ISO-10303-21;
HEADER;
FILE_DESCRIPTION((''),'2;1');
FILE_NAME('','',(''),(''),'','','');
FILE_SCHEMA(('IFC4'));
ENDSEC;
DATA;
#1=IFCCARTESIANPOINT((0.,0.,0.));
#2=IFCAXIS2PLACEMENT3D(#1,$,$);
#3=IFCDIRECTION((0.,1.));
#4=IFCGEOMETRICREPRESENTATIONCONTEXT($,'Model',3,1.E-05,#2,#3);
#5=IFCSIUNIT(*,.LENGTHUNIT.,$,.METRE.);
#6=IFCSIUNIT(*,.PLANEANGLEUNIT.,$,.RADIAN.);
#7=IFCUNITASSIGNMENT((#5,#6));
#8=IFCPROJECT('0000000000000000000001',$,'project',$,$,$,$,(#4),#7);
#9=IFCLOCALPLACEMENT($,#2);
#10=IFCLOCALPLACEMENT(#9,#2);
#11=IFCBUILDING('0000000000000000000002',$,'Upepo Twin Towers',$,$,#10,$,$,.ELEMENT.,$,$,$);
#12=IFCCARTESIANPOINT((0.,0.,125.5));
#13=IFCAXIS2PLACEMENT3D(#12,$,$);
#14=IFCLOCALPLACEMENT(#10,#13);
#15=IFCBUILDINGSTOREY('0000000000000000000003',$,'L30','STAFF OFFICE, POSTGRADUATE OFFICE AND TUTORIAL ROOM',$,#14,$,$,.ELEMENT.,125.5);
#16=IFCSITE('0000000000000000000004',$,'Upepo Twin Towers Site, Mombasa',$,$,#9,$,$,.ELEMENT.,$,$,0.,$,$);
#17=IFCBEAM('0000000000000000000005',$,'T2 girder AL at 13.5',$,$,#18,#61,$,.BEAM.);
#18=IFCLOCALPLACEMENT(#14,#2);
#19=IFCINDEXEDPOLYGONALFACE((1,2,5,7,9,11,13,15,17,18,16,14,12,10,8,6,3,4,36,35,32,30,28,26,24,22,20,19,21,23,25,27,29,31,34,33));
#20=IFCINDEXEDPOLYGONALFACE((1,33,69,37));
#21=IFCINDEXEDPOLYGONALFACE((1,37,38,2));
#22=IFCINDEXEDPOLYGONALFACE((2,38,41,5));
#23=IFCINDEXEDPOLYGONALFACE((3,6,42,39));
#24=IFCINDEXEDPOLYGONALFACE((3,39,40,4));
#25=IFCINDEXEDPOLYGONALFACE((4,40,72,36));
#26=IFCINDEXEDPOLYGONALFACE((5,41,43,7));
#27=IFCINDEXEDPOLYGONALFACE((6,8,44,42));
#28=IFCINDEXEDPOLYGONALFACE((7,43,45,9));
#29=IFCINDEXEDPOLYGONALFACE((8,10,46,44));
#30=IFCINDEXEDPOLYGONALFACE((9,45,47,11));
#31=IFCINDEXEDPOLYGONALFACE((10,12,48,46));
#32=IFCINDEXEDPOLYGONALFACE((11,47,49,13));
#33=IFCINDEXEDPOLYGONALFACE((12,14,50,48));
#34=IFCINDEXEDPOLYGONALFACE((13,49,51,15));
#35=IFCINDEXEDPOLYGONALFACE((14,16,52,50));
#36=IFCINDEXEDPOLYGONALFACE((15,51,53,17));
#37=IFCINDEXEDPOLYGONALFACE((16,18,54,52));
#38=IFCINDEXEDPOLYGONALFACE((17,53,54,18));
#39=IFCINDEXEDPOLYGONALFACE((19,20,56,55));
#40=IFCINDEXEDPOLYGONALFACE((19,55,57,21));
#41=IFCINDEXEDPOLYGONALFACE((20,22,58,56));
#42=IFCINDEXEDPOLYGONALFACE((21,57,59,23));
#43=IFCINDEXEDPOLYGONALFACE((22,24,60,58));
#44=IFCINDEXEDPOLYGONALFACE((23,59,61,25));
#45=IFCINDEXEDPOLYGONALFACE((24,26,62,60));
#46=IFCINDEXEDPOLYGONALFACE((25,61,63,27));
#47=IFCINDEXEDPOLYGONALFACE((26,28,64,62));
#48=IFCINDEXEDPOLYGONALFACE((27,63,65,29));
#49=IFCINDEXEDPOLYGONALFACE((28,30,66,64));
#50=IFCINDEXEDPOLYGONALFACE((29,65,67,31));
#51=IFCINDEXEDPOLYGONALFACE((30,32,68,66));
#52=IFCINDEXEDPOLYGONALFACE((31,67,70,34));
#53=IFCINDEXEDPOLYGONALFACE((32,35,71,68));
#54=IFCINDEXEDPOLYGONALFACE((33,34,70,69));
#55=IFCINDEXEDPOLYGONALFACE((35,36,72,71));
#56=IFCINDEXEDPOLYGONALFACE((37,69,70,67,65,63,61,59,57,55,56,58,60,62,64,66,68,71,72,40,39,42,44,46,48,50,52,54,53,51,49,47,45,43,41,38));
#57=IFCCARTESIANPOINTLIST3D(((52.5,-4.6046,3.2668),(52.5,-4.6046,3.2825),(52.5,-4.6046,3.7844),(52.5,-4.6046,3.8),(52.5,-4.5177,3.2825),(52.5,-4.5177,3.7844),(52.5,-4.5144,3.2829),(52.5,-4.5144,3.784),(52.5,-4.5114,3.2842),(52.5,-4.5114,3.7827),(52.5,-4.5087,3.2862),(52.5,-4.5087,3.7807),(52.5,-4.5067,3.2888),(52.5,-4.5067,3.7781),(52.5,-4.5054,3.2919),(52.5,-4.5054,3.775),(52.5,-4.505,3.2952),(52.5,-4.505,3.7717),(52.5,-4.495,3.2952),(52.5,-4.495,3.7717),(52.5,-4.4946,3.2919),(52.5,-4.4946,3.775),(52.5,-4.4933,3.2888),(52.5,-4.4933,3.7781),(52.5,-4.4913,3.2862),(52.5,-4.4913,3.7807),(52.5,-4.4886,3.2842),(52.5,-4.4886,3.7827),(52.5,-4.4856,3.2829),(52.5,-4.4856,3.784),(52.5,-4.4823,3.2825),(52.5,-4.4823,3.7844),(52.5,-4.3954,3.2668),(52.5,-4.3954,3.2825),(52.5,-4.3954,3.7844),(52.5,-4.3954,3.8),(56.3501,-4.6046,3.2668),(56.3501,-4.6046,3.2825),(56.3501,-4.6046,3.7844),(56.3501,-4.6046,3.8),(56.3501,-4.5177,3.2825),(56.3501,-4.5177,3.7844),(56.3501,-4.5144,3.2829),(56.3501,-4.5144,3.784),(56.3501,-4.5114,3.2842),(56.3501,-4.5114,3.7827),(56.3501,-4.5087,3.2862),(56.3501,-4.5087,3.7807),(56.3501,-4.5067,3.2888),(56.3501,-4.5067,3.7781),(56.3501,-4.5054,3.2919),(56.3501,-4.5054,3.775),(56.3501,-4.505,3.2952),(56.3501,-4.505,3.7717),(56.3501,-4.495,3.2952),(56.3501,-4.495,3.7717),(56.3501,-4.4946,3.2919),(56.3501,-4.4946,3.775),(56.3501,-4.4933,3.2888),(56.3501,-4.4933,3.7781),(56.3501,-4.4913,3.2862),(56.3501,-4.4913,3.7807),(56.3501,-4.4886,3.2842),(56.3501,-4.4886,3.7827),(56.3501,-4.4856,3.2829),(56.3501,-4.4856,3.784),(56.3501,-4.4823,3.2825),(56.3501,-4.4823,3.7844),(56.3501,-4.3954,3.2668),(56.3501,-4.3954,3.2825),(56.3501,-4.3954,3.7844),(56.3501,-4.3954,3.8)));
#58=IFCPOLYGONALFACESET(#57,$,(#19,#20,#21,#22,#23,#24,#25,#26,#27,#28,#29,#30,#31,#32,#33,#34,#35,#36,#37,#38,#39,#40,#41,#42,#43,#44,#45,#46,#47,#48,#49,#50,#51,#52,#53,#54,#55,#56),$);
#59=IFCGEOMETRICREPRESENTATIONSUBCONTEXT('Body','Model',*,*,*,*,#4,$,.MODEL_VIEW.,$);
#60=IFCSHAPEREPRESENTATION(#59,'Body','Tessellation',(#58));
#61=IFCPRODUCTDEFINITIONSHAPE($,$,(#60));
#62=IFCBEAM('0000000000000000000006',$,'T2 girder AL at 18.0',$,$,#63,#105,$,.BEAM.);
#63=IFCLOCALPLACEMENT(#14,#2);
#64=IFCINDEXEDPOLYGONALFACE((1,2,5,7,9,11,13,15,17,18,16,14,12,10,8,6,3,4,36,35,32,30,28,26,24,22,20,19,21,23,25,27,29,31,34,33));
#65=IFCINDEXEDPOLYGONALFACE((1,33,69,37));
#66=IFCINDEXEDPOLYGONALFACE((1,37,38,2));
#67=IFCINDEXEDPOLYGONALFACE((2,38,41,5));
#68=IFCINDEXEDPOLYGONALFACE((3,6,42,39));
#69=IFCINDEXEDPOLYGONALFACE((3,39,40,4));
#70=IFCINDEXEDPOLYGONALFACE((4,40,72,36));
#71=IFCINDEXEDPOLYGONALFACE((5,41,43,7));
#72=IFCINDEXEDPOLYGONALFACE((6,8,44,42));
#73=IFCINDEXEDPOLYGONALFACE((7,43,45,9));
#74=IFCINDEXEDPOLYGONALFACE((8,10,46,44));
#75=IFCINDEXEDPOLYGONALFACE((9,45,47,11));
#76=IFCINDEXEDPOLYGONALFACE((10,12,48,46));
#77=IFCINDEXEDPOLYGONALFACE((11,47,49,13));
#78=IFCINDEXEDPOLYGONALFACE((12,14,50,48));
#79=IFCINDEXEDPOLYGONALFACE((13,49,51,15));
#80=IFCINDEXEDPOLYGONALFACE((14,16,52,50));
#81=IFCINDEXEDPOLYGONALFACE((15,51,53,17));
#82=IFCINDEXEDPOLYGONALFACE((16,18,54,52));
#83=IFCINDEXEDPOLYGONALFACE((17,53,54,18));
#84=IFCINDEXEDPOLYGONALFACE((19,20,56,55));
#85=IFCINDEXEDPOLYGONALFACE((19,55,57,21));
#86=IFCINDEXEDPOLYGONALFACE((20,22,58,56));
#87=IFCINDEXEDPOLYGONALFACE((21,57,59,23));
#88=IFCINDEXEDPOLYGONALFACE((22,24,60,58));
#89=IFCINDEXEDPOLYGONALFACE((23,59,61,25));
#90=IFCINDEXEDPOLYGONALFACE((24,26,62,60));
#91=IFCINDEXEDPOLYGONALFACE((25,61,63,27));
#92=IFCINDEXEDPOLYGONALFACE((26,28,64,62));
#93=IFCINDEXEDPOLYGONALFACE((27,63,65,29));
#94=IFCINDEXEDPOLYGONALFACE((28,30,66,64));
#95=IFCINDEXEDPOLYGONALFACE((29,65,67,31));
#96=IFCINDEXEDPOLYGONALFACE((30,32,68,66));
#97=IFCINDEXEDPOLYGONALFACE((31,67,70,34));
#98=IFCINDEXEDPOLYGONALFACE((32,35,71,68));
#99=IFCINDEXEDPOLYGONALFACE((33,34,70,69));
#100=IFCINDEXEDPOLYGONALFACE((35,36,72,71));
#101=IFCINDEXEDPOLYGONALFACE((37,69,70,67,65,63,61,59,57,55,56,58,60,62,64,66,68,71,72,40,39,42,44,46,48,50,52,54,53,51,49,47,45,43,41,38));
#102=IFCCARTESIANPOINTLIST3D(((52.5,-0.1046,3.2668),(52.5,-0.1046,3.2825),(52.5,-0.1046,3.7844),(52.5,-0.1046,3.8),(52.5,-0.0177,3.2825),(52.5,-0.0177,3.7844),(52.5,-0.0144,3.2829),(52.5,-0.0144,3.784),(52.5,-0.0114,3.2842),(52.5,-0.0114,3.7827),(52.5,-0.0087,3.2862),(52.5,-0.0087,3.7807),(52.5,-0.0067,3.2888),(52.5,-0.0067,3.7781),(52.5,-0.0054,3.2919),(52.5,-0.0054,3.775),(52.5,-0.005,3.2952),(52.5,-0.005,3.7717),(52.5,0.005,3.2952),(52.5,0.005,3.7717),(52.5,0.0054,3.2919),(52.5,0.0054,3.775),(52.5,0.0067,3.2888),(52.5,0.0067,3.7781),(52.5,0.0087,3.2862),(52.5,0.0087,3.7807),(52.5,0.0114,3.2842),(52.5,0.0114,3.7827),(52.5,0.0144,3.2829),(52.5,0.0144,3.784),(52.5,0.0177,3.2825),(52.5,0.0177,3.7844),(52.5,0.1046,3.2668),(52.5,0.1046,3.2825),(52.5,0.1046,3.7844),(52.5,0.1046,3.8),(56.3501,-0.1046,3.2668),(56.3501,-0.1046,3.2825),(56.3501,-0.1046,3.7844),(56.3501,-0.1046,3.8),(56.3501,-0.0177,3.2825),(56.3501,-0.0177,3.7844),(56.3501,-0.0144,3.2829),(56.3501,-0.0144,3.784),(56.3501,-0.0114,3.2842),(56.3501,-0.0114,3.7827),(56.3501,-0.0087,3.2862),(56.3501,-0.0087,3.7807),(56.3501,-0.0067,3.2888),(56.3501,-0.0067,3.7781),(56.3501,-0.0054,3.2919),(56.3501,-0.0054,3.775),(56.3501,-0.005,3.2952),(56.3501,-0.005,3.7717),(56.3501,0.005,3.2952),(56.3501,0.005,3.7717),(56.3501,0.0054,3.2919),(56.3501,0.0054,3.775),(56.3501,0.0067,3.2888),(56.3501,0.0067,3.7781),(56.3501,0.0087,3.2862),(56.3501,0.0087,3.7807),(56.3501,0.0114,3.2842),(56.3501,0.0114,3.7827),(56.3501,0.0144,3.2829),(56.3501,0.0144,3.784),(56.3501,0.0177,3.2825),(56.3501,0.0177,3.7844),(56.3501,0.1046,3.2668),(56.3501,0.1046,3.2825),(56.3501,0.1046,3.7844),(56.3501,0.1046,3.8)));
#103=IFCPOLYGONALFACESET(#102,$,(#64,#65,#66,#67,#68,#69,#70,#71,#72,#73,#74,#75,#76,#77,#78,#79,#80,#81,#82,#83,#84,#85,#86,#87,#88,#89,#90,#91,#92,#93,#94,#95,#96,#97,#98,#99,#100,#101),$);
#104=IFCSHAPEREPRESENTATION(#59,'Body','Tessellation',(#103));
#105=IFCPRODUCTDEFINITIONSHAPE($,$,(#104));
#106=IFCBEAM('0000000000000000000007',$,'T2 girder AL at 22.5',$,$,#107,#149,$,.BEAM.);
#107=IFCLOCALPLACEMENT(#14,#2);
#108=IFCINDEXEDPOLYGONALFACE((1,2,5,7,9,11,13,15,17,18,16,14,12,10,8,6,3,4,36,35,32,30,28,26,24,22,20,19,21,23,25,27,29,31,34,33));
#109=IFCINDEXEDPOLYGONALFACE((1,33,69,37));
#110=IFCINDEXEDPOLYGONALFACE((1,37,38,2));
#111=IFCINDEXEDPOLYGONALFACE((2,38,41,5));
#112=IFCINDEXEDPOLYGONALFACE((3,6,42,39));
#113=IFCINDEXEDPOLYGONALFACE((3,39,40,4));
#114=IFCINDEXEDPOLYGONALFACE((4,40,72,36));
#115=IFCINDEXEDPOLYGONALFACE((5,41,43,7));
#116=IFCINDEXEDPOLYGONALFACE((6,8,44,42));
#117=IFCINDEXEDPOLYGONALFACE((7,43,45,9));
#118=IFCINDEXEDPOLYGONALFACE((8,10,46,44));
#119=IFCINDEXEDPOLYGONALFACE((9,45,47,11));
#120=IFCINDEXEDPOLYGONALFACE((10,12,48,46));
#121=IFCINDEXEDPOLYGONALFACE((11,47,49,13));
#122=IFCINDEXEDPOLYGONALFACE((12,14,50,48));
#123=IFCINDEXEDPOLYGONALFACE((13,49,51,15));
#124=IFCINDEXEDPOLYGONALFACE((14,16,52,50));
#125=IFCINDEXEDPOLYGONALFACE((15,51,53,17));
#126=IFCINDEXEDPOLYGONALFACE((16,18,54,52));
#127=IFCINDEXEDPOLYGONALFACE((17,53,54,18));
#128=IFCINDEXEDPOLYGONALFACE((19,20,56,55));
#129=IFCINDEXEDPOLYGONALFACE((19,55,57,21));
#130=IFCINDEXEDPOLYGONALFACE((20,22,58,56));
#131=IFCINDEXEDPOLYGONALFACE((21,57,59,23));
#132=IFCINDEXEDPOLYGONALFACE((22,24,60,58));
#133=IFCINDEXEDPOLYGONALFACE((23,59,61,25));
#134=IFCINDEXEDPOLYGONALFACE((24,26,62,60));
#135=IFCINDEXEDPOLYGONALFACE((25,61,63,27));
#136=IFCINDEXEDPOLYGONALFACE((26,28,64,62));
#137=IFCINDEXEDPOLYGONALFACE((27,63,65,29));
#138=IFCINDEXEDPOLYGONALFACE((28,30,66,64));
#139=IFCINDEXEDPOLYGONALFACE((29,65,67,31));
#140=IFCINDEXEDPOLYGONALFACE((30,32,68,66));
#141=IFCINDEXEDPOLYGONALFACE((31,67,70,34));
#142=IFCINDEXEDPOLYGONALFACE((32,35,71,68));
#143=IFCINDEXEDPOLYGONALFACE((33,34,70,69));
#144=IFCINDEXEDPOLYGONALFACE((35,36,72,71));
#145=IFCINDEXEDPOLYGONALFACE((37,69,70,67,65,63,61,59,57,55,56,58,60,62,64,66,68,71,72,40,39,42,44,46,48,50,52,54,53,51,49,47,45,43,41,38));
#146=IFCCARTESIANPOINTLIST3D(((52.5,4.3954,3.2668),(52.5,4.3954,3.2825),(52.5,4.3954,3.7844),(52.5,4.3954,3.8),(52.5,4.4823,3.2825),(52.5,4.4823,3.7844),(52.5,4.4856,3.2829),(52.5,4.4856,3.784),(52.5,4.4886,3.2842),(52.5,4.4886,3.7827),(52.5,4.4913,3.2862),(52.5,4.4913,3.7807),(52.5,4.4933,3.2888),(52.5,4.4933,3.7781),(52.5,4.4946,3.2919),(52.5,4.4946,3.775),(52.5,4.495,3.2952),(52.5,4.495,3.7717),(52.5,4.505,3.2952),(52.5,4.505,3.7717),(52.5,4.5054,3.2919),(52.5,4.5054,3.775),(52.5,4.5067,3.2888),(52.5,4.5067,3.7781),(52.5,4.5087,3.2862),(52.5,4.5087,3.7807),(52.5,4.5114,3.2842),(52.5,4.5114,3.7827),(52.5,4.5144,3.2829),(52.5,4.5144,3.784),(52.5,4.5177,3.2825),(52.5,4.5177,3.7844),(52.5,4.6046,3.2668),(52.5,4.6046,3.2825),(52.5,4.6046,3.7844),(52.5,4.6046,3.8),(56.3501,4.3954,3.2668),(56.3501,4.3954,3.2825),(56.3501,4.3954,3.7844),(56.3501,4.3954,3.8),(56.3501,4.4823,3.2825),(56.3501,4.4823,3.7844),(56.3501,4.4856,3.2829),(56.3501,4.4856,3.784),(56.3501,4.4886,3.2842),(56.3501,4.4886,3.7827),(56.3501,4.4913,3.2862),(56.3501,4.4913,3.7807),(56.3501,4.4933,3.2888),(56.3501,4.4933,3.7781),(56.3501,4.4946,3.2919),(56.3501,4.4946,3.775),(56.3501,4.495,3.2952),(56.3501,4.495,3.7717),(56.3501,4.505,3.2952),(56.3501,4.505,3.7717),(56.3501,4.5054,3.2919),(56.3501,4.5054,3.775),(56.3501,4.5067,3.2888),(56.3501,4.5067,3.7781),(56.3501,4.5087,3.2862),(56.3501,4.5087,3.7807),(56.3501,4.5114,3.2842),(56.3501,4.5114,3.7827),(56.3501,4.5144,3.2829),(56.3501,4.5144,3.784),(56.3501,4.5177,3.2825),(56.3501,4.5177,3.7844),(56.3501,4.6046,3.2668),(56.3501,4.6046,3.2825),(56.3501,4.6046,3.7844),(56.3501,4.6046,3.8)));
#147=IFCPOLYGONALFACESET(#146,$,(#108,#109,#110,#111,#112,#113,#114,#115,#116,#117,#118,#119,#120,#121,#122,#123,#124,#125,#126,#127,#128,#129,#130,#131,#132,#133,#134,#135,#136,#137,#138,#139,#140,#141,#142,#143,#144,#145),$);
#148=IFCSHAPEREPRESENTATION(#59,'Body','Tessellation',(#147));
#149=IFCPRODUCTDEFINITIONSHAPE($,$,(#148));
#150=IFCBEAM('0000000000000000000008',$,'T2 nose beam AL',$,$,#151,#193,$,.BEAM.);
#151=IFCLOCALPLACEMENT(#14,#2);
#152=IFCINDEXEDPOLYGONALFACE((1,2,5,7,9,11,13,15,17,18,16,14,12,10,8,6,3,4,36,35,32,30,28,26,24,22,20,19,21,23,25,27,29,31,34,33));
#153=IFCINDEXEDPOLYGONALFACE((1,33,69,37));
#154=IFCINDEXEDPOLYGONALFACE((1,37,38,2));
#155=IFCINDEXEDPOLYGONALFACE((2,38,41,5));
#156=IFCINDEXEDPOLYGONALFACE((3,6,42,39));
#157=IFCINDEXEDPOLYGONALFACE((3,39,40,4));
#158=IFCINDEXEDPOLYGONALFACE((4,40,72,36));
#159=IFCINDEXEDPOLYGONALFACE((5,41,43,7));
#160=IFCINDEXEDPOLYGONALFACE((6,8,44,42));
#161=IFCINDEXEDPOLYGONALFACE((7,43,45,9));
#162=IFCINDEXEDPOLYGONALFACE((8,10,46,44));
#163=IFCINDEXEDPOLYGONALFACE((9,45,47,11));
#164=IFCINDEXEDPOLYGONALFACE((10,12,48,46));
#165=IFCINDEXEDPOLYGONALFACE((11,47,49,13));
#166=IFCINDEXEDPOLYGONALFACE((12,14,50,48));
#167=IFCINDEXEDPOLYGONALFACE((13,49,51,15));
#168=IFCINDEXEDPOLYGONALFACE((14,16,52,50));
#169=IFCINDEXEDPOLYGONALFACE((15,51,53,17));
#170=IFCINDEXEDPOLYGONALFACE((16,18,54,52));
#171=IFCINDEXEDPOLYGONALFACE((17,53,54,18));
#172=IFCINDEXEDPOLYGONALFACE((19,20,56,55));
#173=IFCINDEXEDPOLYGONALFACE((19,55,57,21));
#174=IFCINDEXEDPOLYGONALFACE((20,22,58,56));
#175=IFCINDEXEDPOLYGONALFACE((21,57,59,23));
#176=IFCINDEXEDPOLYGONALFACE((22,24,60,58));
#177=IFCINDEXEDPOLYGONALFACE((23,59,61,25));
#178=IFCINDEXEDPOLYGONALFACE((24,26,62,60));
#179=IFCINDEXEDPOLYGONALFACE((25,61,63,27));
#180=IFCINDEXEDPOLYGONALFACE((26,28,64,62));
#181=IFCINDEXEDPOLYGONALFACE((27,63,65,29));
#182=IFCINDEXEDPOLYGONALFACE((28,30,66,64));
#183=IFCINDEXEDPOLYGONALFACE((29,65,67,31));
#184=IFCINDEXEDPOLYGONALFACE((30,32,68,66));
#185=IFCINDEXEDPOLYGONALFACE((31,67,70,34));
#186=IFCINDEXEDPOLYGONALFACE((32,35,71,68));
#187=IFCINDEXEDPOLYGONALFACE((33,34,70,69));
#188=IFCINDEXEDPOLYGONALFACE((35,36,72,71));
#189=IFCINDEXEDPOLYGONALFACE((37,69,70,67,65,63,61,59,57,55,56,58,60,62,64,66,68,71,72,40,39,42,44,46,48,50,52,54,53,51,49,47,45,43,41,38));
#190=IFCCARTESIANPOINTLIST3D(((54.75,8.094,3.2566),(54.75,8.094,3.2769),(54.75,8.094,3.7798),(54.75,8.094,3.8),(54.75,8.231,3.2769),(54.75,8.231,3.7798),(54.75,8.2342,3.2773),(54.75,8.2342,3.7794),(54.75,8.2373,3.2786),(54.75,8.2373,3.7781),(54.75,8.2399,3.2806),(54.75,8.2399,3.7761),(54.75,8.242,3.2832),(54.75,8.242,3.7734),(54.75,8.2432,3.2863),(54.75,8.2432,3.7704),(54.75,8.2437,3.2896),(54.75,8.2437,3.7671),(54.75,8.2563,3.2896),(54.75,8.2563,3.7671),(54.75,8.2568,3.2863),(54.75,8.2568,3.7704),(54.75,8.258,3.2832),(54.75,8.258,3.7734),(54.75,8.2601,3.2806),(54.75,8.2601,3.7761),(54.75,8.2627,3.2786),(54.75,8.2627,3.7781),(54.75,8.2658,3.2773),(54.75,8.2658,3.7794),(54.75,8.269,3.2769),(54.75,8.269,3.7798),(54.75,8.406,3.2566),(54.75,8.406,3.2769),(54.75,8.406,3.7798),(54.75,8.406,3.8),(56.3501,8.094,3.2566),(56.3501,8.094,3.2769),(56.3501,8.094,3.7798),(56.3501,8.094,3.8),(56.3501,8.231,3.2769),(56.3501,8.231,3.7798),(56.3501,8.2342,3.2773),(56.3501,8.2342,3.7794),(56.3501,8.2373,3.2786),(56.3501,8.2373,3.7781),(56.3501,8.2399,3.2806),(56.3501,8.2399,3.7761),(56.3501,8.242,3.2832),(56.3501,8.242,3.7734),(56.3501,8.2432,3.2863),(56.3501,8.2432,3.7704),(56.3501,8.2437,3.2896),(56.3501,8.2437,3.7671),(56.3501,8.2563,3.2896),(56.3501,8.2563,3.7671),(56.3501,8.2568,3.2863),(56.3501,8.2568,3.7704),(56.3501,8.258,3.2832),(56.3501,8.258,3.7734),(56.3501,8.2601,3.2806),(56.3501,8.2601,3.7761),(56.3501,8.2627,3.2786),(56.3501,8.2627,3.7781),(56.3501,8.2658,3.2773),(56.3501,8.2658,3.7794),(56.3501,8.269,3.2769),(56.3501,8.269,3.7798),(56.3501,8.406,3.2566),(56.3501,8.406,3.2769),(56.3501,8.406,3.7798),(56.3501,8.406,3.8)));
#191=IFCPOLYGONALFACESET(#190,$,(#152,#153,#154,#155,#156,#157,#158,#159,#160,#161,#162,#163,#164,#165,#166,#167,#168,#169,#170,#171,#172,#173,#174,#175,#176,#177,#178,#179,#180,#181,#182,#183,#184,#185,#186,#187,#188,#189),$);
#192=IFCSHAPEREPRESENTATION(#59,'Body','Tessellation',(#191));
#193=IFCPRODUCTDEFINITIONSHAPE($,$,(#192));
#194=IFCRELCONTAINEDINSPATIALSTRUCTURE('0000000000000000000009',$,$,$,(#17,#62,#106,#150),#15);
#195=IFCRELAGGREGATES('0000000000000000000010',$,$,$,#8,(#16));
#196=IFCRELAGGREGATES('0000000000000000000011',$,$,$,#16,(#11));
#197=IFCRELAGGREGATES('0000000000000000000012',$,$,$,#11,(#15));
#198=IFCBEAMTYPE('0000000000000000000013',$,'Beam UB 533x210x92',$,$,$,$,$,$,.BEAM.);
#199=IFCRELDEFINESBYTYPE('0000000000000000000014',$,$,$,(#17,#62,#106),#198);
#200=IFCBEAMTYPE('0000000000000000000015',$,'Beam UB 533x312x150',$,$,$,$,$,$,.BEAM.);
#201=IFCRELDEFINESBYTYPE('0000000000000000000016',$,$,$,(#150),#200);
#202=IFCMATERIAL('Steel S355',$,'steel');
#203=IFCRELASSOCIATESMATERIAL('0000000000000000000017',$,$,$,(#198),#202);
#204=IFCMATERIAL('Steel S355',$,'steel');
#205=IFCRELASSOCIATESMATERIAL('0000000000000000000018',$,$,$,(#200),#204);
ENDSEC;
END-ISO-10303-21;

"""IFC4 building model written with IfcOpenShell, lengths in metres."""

from ifc_helpers import new_model, si_unit, direction, frame, origin, origin_2d, place, context, subcontext, project, spatial, i_section, extrude, material, material_profile, profile_set, type_object, element, save


model = new_model("IFC4")

# Units and contexts
model_context = context("Model", 3, precision=1e-05, world=origin(), true_north=direction((0.0, 1.0)))
body_context = subcontext(model_context, "Body", "Model", "MODEL_VIEW")
ifc_project = project(units=[si_unit("LENGTHUNIT", "METRE"), si_unit("PLANEANGLEUNIT", "RADIAN")], contexts=[model_context])

# Site, building, storey
site_placement = place(None, origin())
site = spatial("IfcSite", under=ifc_project, at=site_placement, Name="Upepo Twin Towers Site, Mombasa", CompositionType="ELEMENT", RefElevation=0.0)
building_placement = place(site_placement, origin())
building = spatial("IfcBuilding", under=site, at=building_placement, Name="Upepo Twin Towers", CompositionType="ELEMENT")
storey_placement = place(building_placement, frame((0.0, 0.0, 125.5)))
storey = spatial("IfcBuildingStorey", under=building, at=storey_placement, Name="L30", Description="STAFF OFFICE, POSTGRADUATE OFFICE AND TUTORIAL ROOM", CompositionType="ELEMENT", Elevation=125.5)

# Beams
ifc_material_1 = material(Name="Steel S355", Category="steel")
ifc_material_profile_1 = material_profile(ifc_material_1, i_section(OverallWidth=0.2092, OverallDepth=0.5332, WebThickness=0.01, FlangeThickness=0.0156, FilletRadius=0.0127, at=origin_2d()), Name="UB 533x210x92")
ifc_profile_set_1 = profile_set([ifc_material_profile_1], Name="Steel S355")
beam_type_1 = type_object("IfcBeamType", Name="Beam UB 533x210x92", PredefinedType="BEAM", material=ifc_profile_set_1)
for number, where, z_axis, x_axis, name in (
    (1, (52.5, -4.5, 3.5334), (1.0, 0.0, 0.0), (0.0, 1.0, 0.0), "T2 girder AL at 13.5"),
    (2, (52.5, 0.0, 3.5334), (1.0, 0.0, 0.0), (0.0, 1.0, 0.0), "T2 girder AL at 18.0"),
    (3, (52.5, 4.5, 3.5334), (1.0, 0.0, 0.0), (0.0, 1.0, 0.0), "T2 girder AL at 22.5"),
):
    element("IfcBeam", number, at=place(storey_placement, frame(where, z_axis=z_axis, x_axis=x_axis)), inside=storey, type_object=beam_type_1, Name=name, PredefinedType="BEAM", context=body_context, shape_type="SweptSolid", body=[
        extrude(i_section(OverallWidth=0.2092, OverallDepth=0.5332, WebThickness=0.01, FlangeThickness=0.0156, FilletRadius=0.0127, at=origin_2d()), origin(), (0.0, 0.0, 1.0), 3.8501),
    ])
ifc_material_2 = material(Name="Steel S355", Category="steel")
ifc_material_profile_2 = material_profile(ifc_material_2, i_section(OverallWidth=0.312, OverallDepth=0.5435, WebThickness=0.0127, FlangeThickness=0.0203, FilletRadius=0.0127, at=origin_2d()), Name="UB 533x312x150")
ifc_profile_set_2 = profile_set([ifc_material_profile_2], Name="Steel S355")
beam_type_2 = type_object("IfcBeamType", Name="Beam UB 533x312x150", PredefinedType="BEAM", material=ifc_profile_set_2)
beam_1_placement = place(storey_placement, frame((54.75, 8.25, 3.5283), z_axis=(1.0, 0.0, 0.0), x_axis=(0.0, 1.0, 0.0)))
element("IfcBeam", 4, at=beam_1_placement, inside=storey, type_object=beam_type_2, Name="T2 nose beam AL", PredefinedType="BEAM", context=body_context, shape_type="SweptSolid", body=[
    extrude(i_section(OverallWidth=0.312, OverallDepth=0.5435, WebThickness=0.0127, FlangeThickness=0.0203, FilletRadius=0.0127, at=origin_2d()), origin(), (0.0, 0.0, 1.0), 1.6001),
])

save(model, "model.ifc")
